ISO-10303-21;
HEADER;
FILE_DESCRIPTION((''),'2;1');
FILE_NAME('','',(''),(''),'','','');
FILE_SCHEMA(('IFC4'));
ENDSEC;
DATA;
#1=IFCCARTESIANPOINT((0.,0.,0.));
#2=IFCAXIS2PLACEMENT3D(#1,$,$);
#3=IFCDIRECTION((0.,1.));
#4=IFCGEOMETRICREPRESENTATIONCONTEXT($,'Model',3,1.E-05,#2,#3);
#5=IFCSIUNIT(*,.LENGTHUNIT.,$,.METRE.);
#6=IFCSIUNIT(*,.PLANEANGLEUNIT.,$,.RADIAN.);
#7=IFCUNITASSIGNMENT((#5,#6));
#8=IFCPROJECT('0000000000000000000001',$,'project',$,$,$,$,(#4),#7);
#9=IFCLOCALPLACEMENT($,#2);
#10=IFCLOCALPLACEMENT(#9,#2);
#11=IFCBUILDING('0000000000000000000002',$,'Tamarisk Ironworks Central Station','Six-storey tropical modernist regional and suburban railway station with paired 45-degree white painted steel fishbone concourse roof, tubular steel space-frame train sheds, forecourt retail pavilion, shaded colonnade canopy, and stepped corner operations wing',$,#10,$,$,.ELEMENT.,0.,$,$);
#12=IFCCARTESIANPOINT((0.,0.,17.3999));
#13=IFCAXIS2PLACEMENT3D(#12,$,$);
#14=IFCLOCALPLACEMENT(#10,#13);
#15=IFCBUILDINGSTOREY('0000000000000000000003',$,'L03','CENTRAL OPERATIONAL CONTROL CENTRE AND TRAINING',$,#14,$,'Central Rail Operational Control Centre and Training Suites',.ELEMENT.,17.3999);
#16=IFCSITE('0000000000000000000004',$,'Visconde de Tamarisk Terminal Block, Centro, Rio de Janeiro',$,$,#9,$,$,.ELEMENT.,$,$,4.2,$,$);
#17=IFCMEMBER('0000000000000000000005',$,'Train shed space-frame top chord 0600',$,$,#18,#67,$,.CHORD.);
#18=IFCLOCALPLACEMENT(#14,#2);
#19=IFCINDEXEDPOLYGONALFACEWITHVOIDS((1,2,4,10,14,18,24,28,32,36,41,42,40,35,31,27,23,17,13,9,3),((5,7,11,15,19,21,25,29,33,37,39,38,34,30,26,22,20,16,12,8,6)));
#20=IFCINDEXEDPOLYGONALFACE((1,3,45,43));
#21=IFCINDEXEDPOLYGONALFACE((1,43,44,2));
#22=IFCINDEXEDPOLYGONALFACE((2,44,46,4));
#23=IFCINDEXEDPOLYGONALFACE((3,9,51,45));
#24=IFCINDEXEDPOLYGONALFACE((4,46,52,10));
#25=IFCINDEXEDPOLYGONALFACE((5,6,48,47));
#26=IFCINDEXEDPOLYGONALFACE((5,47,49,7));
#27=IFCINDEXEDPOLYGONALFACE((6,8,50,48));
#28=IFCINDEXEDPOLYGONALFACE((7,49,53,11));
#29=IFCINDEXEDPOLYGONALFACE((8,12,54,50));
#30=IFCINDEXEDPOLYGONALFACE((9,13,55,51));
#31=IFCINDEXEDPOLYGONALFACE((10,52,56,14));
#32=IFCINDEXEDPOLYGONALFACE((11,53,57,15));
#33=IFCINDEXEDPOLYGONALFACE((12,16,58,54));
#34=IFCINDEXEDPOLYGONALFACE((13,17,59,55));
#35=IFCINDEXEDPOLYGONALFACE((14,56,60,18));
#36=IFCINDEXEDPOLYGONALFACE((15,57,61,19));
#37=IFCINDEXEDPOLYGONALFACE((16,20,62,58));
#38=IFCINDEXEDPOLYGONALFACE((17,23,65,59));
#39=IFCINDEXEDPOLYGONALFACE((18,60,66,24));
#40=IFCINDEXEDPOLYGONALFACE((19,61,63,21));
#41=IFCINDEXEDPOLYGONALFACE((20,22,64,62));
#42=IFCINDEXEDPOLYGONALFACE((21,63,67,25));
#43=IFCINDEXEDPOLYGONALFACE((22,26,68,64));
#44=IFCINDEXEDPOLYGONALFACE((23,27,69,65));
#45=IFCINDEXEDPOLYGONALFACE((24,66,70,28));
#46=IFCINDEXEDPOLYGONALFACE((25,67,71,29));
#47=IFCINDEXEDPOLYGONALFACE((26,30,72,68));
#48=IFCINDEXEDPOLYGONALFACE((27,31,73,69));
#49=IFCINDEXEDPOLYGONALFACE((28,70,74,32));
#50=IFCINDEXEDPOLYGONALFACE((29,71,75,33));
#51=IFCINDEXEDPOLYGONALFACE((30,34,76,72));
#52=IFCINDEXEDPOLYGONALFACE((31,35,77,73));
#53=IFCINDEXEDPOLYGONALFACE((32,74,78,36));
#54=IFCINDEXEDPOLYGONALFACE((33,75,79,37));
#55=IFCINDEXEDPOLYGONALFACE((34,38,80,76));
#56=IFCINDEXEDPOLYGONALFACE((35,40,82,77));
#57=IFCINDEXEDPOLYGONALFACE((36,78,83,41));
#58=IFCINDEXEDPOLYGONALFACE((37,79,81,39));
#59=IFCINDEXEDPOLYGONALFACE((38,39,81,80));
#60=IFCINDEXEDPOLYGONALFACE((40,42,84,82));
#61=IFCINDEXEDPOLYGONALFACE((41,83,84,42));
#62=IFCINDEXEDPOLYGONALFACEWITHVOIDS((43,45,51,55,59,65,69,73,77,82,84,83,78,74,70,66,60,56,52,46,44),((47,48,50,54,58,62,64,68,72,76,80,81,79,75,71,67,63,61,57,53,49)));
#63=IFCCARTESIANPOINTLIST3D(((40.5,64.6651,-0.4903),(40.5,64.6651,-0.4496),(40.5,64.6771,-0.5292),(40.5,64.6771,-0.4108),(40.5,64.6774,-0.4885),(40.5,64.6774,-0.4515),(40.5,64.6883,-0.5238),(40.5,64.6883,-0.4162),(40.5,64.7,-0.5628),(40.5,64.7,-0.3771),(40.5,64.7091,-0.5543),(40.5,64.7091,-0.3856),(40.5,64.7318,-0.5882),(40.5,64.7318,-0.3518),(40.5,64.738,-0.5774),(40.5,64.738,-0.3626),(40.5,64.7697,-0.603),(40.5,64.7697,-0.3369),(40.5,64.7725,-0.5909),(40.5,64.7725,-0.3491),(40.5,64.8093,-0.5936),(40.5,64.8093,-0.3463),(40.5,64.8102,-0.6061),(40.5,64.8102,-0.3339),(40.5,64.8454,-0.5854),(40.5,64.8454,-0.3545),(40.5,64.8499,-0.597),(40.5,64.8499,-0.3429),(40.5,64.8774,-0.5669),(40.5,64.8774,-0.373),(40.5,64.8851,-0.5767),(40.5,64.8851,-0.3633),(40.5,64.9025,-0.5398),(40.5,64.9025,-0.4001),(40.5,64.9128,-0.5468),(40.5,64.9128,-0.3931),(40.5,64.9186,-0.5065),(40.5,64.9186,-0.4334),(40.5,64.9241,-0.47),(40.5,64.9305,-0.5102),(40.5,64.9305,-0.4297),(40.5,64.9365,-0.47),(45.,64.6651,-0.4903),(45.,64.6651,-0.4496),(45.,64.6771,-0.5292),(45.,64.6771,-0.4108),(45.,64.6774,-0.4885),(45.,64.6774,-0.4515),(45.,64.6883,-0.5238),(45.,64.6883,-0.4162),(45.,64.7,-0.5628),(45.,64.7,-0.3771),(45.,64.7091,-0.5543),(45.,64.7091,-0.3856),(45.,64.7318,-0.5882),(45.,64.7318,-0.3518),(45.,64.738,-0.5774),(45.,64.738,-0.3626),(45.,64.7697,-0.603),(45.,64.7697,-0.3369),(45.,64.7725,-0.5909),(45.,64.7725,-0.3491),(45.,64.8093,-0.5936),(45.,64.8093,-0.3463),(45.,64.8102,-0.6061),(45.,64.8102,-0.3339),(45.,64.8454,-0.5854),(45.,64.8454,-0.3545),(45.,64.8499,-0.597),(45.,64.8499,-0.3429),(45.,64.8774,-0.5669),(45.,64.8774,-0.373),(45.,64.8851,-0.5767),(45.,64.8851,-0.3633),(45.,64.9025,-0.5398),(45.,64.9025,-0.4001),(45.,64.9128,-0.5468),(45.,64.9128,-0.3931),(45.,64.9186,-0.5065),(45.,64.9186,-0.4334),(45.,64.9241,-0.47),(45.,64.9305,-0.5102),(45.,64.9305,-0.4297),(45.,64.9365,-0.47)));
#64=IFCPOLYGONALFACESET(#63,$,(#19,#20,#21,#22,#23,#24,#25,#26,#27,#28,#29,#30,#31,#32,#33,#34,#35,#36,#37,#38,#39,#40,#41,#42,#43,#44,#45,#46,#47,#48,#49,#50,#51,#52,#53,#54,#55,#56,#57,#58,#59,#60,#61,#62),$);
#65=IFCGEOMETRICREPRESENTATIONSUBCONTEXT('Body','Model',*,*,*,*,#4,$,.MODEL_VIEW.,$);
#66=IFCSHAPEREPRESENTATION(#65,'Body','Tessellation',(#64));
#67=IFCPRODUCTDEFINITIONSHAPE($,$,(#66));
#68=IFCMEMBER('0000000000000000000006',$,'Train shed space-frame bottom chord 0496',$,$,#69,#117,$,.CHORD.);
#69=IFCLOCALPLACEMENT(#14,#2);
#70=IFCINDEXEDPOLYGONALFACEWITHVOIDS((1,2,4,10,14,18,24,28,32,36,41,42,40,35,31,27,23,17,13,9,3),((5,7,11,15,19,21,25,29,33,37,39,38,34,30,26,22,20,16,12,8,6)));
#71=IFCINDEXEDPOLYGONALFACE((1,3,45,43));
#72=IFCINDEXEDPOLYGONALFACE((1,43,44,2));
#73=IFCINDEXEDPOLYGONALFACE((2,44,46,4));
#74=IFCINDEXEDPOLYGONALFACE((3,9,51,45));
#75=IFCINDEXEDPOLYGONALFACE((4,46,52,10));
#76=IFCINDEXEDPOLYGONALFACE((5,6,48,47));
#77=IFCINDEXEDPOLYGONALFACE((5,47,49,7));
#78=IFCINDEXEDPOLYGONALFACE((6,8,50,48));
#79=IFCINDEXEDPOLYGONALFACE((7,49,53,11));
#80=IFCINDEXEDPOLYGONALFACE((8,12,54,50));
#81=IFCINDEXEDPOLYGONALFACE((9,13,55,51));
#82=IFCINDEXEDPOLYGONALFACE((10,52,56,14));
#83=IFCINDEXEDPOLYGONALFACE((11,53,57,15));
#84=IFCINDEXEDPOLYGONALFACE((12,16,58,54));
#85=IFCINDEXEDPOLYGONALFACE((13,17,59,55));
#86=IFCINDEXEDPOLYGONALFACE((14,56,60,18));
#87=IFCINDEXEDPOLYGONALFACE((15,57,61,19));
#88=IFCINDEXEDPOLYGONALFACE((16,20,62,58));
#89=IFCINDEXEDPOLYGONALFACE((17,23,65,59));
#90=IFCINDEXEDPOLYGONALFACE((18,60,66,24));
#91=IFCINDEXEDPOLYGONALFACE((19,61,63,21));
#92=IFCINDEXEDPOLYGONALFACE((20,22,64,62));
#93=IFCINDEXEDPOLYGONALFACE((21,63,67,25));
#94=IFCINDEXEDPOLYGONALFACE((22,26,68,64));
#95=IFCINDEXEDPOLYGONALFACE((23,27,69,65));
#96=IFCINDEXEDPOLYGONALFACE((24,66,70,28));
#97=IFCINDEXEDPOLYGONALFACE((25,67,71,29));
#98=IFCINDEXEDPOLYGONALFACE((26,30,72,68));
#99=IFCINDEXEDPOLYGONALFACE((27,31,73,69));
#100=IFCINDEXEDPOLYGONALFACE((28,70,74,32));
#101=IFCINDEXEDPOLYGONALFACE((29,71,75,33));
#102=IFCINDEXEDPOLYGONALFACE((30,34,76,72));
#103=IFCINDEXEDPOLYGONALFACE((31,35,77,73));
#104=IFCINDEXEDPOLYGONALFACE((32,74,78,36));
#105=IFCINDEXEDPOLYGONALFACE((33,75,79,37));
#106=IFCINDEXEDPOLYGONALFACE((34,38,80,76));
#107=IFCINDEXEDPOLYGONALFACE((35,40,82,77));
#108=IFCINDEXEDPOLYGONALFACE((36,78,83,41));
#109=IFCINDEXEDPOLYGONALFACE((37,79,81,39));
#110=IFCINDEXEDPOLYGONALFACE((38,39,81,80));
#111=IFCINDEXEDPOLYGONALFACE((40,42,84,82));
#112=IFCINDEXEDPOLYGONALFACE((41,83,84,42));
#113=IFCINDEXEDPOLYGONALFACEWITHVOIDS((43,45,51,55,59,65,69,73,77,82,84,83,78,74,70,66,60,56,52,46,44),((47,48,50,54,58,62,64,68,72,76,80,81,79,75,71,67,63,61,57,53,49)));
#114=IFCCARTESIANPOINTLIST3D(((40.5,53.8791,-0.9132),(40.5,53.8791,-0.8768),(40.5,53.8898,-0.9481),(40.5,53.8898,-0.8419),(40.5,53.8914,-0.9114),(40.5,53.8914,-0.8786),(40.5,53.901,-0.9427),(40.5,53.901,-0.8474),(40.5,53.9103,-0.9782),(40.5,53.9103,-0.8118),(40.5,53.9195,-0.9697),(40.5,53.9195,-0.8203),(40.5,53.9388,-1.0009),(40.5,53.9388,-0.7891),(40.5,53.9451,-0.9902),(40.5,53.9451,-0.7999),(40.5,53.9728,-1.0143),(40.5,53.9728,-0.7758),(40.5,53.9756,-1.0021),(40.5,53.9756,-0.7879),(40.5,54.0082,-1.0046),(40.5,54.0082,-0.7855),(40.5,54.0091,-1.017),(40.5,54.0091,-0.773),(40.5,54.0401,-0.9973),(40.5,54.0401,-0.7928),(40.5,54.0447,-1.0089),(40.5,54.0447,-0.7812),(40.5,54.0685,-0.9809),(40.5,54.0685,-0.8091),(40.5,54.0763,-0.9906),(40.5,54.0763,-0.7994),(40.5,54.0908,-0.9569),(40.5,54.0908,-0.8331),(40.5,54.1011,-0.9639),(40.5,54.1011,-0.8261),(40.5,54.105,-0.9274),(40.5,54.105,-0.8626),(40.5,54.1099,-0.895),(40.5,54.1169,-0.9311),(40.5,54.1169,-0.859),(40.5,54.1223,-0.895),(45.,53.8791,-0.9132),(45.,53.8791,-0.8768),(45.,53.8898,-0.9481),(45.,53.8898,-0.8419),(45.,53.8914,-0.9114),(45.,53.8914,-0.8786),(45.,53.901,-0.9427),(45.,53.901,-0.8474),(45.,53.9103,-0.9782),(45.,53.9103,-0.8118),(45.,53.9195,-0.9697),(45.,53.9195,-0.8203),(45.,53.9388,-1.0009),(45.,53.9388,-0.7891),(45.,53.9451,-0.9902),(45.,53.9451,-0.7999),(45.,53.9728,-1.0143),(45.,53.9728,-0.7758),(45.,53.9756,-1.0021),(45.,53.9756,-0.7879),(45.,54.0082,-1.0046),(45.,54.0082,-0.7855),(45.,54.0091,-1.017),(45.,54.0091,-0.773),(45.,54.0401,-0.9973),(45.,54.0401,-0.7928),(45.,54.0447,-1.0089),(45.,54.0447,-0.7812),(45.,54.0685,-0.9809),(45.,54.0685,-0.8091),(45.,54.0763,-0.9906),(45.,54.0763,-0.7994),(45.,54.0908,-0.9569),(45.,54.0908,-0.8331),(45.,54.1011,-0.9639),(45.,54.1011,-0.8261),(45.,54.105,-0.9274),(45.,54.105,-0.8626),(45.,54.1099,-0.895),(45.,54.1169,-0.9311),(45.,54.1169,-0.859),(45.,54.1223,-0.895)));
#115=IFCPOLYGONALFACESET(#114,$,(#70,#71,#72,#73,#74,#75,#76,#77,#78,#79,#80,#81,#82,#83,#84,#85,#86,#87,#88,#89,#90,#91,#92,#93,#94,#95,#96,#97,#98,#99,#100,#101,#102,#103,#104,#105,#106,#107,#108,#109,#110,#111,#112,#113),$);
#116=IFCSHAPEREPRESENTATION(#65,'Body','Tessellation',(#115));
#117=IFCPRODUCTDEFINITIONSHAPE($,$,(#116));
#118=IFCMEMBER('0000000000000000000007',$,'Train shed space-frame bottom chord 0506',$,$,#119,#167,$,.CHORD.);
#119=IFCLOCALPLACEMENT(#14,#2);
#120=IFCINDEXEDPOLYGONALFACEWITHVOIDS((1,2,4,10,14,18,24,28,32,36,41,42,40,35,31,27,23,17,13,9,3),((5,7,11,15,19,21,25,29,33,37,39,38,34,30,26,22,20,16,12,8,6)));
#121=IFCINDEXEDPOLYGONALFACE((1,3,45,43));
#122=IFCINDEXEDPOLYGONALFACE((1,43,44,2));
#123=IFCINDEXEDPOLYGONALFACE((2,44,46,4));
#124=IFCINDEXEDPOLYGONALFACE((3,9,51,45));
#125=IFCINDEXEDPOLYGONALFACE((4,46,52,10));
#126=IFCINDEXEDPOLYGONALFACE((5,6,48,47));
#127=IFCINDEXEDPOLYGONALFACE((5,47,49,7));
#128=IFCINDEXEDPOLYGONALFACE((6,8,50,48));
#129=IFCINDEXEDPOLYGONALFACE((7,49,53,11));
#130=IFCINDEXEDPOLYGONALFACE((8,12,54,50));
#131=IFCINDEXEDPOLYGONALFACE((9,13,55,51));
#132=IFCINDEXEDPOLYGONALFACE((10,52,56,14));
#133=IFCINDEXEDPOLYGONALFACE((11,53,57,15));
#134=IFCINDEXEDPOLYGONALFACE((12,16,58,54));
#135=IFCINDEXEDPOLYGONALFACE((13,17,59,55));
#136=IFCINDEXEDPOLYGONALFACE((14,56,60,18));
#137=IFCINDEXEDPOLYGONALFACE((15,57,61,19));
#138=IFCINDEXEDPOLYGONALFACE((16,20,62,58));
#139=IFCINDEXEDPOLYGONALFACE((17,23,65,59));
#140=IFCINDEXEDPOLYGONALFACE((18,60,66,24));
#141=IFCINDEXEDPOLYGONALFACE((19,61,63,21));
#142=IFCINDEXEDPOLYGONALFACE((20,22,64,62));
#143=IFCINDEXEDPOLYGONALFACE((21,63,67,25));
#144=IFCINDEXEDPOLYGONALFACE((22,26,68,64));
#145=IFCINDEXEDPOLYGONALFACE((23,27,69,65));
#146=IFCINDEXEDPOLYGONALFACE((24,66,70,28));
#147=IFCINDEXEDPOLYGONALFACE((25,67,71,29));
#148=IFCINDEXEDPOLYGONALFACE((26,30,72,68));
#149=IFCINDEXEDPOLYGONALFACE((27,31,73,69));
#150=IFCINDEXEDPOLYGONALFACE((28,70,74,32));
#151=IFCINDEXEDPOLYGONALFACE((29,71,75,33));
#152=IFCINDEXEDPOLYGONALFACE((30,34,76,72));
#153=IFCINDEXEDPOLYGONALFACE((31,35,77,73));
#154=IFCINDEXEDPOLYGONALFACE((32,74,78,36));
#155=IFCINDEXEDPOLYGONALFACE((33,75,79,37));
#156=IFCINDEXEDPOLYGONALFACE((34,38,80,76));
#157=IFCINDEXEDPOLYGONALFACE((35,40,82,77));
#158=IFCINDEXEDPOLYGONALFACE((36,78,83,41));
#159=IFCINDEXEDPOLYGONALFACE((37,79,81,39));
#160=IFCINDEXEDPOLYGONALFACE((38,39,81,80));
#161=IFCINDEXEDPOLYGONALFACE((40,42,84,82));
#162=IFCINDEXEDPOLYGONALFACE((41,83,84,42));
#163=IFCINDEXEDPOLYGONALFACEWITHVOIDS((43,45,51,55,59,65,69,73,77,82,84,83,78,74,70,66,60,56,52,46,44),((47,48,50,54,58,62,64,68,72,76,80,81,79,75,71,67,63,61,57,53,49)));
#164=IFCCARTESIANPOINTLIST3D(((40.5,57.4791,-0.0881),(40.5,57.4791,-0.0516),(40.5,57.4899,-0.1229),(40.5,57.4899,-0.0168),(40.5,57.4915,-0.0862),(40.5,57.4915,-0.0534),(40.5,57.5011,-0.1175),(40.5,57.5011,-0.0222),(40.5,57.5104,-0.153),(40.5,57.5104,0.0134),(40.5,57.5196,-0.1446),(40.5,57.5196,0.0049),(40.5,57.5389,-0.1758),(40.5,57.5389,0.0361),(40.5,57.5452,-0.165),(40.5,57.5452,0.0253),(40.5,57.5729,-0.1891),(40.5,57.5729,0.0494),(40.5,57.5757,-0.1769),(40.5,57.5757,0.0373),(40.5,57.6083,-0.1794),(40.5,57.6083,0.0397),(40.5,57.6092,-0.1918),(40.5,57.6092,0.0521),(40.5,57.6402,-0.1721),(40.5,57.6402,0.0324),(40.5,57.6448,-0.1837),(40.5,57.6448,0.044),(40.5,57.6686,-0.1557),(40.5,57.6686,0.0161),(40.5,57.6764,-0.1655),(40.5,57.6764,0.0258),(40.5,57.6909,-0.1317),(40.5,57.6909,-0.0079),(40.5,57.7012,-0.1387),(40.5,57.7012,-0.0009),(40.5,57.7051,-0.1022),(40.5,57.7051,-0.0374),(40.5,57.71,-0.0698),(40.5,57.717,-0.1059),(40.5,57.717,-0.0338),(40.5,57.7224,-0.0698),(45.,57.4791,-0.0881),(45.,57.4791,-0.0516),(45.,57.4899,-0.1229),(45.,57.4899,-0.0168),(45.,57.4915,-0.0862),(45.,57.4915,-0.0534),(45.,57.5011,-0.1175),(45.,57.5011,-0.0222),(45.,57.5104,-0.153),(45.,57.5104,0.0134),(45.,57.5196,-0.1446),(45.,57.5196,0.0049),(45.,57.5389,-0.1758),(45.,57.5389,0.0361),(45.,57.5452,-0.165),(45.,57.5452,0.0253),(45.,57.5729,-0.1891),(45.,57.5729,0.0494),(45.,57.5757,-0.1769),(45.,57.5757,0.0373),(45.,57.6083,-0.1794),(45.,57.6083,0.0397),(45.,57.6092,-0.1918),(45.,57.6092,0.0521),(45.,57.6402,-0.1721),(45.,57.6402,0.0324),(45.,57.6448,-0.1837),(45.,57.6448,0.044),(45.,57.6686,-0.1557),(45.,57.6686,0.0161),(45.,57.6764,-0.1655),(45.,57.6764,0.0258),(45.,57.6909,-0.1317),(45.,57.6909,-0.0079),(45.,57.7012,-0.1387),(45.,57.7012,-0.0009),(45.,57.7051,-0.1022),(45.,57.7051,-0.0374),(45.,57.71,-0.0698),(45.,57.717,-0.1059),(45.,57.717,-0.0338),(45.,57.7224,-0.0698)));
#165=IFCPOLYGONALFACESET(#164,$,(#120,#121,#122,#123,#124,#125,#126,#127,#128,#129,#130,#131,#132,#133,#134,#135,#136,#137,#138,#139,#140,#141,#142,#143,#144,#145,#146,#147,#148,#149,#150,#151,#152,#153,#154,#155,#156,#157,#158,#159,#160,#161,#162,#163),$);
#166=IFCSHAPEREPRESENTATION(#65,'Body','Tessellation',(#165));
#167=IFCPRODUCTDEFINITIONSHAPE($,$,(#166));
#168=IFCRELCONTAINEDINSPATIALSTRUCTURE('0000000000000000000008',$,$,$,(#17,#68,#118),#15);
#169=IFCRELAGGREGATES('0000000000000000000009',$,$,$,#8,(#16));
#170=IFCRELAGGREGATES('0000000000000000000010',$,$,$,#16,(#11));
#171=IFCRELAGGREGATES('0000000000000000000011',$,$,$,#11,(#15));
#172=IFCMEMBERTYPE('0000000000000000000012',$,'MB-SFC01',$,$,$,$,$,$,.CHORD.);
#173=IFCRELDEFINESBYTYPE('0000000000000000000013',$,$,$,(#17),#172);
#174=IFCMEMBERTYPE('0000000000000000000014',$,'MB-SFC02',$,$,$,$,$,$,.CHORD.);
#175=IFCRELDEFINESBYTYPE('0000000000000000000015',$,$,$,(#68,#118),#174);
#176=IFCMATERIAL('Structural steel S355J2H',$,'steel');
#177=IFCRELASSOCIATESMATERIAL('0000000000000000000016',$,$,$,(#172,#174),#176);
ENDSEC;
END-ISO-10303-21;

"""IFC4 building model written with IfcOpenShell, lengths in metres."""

from ifc_helpers import new_model, si_unit, direction, frame, origin, origin_2d, place, context, subcontext, project, spatial, hollow_circle, extrude, material, material_profile, profile_set, type_object, element, save


model = new_model("IFC4")

# Units and contexts
model_context = context("Model", 3, precision=1e-05, world=origin(), true_north=direction((0.0, 1.0)))
body_context = subcontext(model_context, "Body", "Model", "MODEL_VIEW")
ifc_project = project(units=[si_unit("LENGTHUNIT", "METRE"), si_unit("PLANEANGLEUNIT", "RADIAN")], contexts=[model_context])

# Site, building, storey
site_placement = place(None, origin())
site = spatial("IfcSite", under=ifc_project, at=site_placement, Name="Visconde de Tamarisk Terminal Block, Centro, Rio de Janeiro", CompositionType="ELEMENT", RefElevation=4.2)
building_placement = place(site_placement, origin())
building = spatial("IfcBuilding", under=site, at=building_placement, Name="Tamarisk Ironworks Central Station", Description="Six-storey tropical modernist regional and suburban railway station with paired 45-degree white painted steel fishbone concourse roof, tubular steel space-frame train sheds, forecourt retail pavilion, shaded colonnade canopy, and stepped corner operations wing", CompositionType="ELEMENT", ElevationOfRefHeight=0.0)
storey_placement = place(building_placement, frame((0.0, 0.0, 17.3999)))
storey = spatial("IfcBuildingStorey", under=building, at=storey_placement, Name="L03", Description="CENTRAL OPERATIONAL CONTROL CENTRE AND TRAINING", LongName="Central Rail Operational Control Centre and Training Suites", CompositionType="ELEMENT", Elevation=17.3999)

# Members
ifc_material = material(Name="Structural steel S355J2H", Category="steel")
ifc_material_profile_1 = material_profile(ifc_material, hollow_circle(Radius=0.1365, WallThickness=0.0125, at=origin_2d()), Name="CHS 273x12.5")
ifc_profile_set_1 = profile_set([ifc_material_profile_1], Name="Structural steel S355J2H")
member_type_1 = type_object("IfcMemberType", Name="MB-SFC01", PredefinedType="CHORD", material=ifc_profile_set_1)
for number, where, z_axis, x_axis, name in (
    (1, (40.5, 64.8, -0.47), (1.0, 0.0, 0.0), (0.0, 1.0, 0.0), "Train shed space-frame top chord 0600"),
):
    element("IfcMember", number, at=place(storey_placement, frame(where, z_axis=z_axis, x_axis=x_axis)), inside=storey, type_object=member_type_1, Name=name, PredefinedType="CHORD", context=body_context, shape_type="SweptSolid", body=[
        extrude(hollow_circle(Radius=0.1365, WallThickness=0.0125, at=origin_2d()), origin(), (0.0, 0.0, 1.0), 4.5),
    ])
ifc_material_profile_2 = material_profile(ifc_material, hollow_circle(Radius=0.1223, WallThickness=0.0125, at=origin_2d()), Name="CHS 244.5x12.5")
ifc_profile_set_2 = profile_set([ifc_material_profile_2], Name="Structural steel S355J2H")
member_type_2 = type_object("IfcMemberType", Name="MB-SFC02", PredefinedType="CHORD", material=ifc_profile_set_2)
for number, where, z_axis, x_axis, name in (
    (2, (40.5, 54.0, -0.895), (1.0, 0.0, 0.0), (0.0, 1.0, 0.0), "Train shed space-frame bottom chord 0496"),
    (3, (40.5, 57.6001, -0.0698), (1.0, 0.0, 0.0), (0.0, 1.0, 0.0), "Train shed space-frame bottom chord 0506"),
):
    element("IfcMember", number, at=place(storey_placement, frame(where, z_axis=z_axis, x_axis=x_axis)), inside=storey, type_object=member_type_2, Name=name, PredefinedType="CHORD", context=body_context, shape_type="SweptSolid", body=[
        extrude(hollow_circle(Radius=0.1223, WallThickness=0.0125, at=origin_2d()), origin(), (0.0, 0.0, 1.0), 4.5),
    ])

save(model, "model.ifc")
